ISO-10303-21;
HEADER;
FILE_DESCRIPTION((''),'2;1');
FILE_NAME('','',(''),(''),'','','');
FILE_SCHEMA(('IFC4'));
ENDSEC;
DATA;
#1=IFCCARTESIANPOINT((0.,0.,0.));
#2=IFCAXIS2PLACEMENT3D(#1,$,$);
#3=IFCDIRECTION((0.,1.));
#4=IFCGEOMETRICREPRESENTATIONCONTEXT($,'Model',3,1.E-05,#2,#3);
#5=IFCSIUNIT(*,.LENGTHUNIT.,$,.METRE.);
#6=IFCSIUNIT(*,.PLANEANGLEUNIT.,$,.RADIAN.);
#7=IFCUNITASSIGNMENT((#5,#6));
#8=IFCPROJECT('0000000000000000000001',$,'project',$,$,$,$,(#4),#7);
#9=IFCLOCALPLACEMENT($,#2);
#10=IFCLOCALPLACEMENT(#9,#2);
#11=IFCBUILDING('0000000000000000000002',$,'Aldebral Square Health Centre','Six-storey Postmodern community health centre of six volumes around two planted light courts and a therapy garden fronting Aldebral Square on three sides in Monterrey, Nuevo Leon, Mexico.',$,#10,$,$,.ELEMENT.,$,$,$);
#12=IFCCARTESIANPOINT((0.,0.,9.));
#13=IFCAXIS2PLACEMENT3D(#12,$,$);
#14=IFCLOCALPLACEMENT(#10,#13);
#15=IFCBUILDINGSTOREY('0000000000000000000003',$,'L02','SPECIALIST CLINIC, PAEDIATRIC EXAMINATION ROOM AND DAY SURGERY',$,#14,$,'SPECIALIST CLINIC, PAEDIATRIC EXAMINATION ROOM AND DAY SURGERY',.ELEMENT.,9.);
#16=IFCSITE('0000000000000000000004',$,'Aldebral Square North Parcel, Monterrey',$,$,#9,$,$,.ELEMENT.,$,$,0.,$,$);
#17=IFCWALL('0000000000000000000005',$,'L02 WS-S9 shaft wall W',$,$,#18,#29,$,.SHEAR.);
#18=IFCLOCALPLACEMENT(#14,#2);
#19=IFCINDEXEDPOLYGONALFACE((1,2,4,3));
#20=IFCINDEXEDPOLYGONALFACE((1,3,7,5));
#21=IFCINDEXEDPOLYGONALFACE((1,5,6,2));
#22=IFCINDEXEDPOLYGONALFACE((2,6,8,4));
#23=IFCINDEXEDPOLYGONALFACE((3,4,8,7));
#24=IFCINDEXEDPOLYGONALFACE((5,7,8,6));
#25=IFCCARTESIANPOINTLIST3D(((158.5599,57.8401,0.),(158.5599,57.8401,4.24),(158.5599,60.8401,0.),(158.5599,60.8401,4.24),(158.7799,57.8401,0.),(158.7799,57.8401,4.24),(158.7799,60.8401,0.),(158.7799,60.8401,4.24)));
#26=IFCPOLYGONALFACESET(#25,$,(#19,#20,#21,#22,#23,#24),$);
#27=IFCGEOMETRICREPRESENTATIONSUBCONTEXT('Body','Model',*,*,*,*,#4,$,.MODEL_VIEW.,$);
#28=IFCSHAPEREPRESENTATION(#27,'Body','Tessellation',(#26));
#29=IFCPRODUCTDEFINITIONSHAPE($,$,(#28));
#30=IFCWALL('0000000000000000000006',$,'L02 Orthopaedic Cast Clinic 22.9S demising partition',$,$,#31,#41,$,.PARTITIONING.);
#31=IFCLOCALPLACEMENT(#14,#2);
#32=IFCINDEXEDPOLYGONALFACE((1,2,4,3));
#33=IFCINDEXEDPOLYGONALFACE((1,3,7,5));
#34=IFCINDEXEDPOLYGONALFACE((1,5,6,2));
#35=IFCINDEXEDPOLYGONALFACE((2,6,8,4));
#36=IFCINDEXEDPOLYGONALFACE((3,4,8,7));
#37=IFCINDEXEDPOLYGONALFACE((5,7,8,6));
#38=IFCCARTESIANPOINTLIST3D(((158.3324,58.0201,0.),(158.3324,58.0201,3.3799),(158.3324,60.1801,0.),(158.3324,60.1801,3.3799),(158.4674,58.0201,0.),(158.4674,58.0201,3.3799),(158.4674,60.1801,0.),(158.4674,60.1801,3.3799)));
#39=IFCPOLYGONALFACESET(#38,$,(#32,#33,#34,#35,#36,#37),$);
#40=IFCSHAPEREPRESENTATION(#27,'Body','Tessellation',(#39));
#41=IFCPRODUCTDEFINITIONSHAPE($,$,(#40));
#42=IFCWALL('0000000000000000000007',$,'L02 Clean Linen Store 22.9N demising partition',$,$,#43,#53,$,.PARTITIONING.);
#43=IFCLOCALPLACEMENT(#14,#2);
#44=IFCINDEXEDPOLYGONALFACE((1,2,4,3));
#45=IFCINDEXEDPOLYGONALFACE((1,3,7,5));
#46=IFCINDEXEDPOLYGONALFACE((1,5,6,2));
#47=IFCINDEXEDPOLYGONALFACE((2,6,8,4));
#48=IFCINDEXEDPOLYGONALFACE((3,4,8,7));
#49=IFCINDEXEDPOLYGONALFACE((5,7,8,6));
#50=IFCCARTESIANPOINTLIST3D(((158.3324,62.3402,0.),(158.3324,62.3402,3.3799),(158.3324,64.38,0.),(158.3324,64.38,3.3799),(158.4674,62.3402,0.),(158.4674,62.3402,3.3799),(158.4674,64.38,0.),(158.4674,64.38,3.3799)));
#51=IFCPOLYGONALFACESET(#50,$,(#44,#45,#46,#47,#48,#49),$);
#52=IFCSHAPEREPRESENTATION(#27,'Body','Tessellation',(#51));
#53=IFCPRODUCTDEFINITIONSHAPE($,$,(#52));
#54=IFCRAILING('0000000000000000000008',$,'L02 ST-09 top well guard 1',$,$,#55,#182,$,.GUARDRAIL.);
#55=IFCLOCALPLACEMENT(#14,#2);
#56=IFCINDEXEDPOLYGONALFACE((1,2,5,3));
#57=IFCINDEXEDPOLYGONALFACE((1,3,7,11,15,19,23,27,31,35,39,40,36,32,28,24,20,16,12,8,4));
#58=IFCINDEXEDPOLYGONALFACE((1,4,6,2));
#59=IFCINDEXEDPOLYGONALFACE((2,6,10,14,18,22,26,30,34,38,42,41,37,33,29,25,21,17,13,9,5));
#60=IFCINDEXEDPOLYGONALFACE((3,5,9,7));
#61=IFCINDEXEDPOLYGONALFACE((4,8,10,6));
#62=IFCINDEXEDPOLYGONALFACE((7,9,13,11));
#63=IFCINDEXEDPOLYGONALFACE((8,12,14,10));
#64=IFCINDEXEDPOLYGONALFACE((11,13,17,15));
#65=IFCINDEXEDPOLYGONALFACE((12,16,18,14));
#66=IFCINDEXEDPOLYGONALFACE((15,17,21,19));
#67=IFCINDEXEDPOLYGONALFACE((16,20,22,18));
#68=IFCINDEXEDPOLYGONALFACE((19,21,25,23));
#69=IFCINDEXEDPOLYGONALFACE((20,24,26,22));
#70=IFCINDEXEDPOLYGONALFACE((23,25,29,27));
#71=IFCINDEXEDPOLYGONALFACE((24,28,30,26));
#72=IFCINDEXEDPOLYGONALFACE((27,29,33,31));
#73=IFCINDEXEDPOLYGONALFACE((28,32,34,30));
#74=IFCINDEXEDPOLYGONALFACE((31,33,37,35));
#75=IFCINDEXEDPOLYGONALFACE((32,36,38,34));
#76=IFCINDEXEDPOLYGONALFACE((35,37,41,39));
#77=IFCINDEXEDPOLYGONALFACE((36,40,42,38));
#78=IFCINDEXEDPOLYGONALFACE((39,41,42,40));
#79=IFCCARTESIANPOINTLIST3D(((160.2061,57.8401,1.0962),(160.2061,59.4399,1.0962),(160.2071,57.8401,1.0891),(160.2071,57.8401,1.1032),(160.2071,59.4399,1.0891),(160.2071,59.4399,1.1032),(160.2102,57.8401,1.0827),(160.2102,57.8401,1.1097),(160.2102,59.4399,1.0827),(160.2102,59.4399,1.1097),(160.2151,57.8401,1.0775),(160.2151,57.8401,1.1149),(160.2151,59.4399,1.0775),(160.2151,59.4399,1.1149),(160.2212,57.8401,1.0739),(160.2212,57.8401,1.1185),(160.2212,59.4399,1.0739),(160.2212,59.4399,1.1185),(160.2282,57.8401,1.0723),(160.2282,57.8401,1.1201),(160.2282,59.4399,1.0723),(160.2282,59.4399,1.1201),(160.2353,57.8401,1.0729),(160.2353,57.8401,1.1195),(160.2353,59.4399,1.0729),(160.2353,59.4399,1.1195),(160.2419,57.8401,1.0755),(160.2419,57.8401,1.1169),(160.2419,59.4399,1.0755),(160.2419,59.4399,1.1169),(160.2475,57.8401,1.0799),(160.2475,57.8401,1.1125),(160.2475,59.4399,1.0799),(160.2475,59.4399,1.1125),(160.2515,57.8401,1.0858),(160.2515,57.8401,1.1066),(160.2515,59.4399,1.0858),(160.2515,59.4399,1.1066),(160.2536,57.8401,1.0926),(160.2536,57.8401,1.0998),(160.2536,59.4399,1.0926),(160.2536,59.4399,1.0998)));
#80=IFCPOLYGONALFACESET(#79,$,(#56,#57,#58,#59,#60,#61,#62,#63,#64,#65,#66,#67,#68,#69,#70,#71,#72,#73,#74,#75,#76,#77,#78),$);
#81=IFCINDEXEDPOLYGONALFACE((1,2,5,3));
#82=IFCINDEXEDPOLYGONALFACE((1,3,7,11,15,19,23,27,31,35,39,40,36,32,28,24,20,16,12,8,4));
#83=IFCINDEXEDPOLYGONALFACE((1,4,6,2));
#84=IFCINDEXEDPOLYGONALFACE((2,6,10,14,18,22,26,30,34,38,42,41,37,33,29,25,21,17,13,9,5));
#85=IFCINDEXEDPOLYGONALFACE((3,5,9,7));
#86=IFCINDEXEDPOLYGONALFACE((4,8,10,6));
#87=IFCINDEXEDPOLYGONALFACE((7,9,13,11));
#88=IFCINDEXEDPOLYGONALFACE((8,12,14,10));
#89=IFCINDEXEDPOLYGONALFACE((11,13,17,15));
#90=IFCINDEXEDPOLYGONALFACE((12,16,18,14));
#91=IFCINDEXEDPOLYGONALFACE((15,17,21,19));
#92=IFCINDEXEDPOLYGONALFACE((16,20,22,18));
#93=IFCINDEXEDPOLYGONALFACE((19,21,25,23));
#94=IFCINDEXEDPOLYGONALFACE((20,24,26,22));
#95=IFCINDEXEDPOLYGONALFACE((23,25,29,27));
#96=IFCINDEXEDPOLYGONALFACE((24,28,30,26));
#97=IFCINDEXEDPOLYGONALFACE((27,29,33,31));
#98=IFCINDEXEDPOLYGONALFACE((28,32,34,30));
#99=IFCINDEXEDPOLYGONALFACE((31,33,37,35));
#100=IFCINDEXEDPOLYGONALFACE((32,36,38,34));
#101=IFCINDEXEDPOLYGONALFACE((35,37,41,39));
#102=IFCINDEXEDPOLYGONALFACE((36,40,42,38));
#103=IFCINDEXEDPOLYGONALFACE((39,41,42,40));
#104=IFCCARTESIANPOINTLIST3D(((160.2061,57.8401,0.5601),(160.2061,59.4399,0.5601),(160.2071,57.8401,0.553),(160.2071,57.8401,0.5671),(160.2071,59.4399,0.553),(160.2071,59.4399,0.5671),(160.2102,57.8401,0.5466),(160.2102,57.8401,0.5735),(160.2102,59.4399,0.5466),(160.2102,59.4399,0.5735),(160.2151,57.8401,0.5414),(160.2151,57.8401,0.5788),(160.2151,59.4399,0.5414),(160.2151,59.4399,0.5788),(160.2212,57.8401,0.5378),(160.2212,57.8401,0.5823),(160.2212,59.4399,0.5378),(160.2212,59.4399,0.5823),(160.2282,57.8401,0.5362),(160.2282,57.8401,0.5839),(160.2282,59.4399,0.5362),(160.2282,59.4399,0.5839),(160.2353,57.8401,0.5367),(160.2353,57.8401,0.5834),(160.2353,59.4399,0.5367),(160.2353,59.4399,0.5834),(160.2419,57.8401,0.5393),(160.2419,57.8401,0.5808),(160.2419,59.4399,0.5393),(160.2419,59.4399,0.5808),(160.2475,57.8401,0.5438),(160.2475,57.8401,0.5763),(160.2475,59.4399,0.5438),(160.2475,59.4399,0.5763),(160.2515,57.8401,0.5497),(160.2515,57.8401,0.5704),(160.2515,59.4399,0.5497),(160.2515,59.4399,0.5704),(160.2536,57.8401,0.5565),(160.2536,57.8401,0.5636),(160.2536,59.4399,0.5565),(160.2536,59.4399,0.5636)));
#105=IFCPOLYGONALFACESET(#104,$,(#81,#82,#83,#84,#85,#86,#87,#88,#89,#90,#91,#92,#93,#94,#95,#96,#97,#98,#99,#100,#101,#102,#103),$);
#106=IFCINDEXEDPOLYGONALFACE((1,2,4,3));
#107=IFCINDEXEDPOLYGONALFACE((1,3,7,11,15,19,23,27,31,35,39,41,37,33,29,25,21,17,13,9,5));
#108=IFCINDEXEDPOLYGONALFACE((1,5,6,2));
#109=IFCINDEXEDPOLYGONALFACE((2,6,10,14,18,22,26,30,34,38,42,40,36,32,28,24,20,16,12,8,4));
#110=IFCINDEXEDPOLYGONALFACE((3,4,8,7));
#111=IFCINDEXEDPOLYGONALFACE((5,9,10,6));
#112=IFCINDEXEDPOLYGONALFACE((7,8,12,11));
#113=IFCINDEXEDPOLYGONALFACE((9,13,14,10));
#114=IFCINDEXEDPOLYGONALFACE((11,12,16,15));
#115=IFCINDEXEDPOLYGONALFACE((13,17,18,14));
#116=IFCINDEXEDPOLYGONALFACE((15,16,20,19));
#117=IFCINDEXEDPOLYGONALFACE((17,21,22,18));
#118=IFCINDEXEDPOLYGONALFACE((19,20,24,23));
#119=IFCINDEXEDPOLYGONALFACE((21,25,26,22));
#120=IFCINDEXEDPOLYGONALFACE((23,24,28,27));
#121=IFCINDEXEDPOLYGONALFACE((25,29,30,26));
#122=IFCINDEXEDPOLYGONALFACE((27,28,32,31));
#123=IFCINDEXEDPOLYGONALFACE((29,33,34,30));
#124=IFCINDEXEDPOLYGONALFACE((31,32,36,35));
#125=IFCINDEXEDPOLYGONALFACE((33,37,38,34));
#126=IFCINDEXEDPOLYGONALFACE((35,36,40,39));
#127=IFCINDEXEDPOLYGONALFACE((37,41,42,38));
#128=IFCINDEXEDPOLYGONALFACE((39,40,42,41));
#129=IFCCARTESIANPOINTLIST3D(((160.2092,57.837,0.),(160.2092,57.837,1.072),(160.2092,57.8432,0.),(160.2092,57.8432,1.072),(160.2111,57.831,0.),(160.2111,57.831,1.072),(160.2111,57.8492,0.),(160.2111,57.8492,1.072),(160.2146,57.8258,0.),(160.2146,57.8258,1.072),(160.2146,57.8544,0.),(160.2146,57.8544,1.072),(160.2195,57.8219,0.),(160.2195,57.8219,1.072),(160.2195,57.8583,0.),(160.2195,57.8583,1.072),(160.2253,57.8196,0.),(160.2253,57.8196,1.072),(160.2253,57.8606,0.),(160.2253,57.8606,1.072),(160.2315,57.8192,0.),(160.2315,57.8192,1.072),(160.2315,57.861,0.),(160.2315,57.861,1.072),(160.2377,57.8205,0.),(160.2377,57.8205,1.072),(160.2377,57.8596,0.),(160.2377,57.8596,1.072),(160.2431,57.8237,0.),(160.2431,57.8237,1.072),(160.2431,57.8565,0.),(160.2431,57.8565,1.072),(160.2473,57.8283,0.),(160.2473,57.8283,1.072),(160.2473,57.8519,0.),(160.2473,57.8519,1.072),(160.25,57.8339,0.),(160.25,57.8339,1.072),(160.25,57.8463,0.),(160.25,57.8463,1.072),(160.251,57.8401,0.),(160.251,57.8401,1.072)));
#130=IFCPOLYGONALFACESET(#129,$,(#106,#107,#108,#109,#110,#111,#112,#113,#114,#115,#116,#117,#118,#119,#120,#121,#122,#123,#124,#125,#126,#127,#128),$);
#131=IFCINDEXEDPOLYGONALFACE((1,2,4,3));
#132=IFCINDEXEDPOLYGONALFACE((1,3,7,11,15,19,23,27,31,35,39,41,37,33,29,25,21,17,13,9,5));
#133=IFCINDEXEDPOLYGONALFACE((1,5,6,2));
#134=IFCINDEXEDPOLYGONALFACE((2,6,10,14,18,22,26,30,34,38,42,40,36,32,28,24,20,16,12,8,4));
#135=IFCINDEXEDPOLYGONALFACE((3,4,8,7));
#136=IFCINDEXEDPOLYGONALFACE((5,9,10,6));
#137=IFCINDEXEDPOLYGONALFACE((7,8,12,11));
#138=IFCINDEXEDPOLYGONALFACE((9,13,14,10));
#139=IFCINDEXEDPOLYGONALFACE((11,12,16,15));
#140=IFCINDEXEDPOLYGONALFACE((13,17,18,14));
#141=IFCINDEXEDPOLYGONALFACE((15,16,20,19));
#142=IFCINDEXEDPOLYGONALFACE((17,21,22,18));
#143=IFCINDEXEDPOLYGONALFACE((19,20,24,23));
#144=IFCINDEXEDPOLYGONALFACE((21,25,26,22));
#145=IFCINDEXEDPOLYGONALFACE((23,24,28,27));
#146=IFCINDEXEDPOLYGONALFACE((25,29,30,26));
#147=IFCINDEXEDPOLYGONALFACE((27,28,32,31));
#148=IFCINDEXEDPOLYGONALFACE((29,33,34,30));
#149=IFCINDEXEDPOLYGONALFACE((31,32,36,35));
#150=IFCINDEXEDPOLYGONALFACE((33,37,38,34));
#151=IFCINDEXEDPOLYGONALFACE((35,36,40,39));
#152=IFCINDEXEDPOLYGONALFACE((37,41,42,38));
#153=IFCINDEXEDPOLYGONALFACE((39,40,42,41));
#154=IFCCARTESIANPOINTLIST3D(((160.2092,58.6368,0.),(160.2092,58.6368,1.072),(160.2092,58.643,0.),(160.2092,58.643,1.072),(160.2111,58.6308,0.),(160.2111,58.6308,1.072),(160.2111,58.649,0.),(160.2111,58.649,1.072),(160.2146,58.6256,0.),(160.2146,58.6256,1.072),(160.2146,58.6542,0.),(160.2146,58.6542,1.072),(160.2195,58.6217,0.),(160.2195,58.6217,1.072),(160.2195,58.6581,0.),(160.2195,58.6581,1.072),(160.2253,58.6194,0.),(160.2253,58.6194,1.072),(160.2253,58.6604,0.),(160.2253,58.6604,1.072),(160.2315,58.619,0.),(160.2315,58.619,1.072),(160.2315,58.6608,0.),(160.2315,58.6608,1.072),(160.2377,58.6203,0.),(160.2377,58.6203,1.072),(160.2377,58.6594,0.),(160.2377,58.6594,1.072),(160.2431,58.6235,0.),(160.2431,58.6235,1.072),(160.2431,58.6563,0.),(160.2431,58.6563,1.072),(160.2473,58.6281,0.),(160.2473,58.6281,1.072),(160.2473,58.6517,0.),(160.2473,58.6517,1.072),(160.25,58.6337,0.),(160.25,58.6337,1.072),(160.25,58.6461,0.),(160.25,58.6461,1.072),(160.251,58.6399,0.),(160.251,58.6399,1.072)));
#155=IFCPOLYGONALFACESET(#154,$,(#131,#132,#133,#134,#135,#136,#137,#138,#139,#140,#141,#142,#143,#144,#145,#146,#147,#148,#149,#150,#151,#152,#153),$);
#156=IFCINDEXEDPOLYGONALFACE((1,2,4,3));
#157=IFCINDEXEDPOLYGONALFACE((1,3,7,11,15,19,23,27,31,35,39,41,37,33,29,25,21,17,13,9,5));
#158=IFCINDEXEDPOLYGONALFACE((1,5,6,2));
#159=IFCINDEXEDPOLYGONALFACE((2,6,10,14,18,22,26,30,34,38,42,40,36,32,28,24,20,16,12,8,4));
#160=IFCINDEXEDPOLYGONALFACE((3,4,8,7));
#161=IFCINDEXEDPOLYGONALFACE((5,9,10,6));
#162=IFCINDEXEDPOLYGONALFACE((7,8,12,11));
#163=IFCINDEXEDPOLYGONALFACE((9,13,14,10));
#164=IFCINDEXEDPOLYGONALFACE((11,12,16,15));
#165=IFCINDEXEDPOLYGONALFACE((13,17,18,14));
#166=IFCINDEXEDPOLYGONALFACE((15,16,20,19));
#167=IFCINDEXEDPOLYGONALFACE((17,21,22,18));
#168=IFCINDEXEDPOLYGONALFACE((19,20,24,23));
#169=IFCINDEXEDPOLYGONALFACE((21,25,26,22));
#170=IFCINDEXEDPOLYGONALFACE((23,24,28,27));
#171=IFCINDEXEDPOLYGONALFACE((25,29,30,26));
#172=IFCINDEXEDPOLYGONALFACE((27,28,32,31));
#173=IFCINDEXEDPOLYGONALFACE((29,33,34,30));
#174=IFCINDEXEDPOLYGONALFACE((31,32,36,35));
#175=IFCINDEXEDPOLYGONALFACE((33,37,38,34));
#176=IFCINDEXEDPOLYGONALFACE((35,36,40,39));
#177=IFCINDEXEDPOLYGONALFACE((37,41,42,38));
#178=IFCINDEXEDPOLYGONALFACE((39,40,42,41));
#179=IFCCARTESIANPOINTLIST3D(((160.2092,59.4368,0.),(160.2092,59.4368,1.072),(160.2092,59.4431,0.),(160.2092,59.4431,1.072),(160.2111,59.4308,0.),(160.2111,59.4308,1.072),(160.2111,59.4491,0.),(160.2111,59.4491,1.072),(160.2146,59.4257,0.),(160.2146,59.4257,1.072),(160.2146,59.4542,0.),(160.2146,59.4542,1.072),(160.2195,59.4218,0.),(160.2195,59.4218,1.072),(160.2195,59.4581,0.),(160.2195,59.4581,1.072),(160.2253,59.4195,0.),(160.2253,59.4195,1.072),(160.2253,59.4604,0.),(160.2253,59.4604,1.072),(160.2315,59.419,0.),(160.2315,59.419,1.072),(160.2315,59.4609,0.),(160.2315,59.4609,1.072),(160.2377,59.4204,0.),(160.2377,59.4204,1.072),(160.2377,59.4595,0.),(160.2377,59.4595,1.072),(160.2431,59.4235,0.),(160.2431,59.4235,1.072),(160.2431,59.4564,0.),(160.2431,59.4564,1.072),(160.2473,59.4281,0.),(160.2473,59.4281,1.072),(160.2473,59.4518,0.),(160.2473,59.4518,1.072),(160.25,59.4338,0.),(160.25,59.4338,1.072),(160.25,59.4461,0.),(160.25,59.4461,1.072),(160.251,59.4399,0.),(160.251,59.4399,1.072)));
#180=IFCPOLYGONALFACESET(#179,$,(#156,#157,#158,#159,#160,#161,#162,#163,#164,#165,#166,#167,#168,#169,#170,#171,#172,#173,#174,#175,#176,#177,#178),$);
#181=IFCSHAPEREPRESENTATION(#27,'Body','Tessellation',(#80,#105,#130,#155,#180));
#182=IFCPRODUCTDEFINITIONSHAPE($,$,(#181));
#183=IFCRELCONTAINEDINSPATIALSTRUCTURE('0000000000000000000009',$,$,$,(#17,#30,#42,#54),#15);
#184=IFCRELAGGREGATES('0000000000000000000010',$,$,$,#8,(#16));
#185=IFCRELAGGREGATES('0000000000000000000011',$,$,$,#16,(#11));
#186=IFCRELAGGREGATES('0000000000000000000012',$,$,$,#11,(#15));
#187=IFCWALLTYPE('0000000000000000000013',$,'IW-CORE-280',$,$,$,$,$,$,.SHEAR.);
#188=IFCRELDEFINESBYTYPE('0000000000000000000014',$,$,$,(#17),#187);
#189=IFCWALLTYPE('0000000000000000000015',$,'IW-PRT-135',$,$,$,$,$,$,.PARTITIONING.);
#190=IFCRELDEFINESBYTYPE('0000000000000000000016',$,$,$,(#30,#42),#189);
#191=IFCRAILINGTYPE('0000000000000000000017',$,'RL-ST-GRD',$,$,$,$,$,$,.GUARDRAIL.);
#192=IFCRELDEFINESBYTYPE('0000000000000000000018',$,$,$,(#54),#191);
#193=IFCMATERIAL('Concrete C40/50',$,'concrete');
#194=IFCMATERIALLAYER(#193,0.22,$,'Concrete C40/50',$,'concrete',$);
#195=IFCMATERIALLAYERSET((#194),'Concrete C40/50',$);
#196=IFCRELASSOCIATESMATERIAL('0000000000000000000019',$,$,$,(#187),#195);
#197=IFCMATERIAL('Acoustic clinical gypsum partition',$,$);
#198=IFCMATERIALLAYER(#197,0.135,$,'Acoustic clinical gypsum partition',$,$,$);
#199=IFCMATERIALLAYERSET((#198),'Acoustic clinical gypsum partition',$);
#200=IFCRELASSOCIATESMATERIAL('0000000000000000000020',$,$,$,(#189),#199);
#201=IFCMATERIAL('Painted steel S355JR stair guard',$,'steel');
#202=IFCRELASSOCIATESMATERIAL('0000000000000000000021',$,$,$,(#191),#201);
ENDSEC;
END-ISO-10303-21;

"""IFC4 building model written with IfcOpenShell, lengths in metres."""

from ifc_helpers import new_model, si_unit, direction, frame, frame_2d, origin, origin_2d, place, context, subcontext, project, spatial, rectangle, circle, extrude, material, layer, layer_set, type_object, element, save


model = new_model("IFC4")

# Units and contexts
model_context = context("Model", 3, precision=1e-05, world=origin(), true_north=direction((0.0, 1.0)))
body_context = subcontext(model_context, "Body", "Model", "MODEL_VIEW")
ifc_project = project(units=[si_unit("LENGTHUNIT", "METRE"), si_unit("PLANEANGLEUNIT", "RADIAN")], contexts=[model_context])

# Site, building, storey
site_placement = place(None, origin())
site = spatial("IfcSite", under=ifc_project, at=site_placement, Name="Aldebral Square North Parcel, Monterrey", CompositionType="ELEMENT", RefElevation=0.0)
building_placement = place(site_placement, origin())
building = spatial("IfcBuilding", under=site, at=building_placement, Name="Aldebral Square Health Centre", Description="Six-storey Postmodern community health centre of six volumes around two planted light courts and a therapy garden fronting Aldebral Square on three sides in Monterrey, Nuevo Leon, Mexico.", CompositionType="ELEMENT")
storey_placement = place(building_placement, frame((0.0, 0.0, 9.0)))
storey = spatial("IfcBuildingStorey", under=building, at=storey_placement, Name="L02", Description="SPECIALIST CLINIC, PAEDIATRIC EXAMINATION ROOM AND DAY SURGERY", LongName="SPECIALIST CLINIC, PAEDIATRIC EXAMINATION ROOM AND DAY SURGERY", CompositionType="ELEMENT", Elevation=9.0)

# Shared definitions
ifc_material_1 = material(Name="Concrete C40/50", Category="concrete")

# Shared definitions
ifc_layer_1 = layer(ifc_material_1, 0.22, Name="Concrete C40/50", Category="concrete")
ifc_layer_set_1 = layer_set([ifc_layer_1], Name="Concrete C40/50")
wall_type_1 = type_object("IfcWallType", Name="IW-CORE-280", PredefinedType="SHEAR", material=ifc_layer_set_1)

# Walls
wall_1_placement = place(storey_placement, frame((158.6699, 57.8401, 0.0), z_axis=(0.0, 0.0, 1.0), x_axis=(0.0, 1.0, 0.0)))
element("IfcWall", 1, at=wall_1_placement, inside=storey, type_object=wall_type_1, Name="L02 WS-S9 shaft wall W", PredefinedType="SHEAR", context=body_context, shape_type="SweptSolid", body=[
    extrude(rectangle(XDim=3.0, YDim=0.22, at=frame_2d((1.5, 0.0))), origin(), (0.0, 0.0, 1.0), 4.24),
])
ifc_material_2 = material(Name="Acoustic clinical gypsum partition")
ifc_layer_2 = layer(ifc_material_2, 0.135, Name="Acoustic clinical gypsum partition")
ifc_layer_set_2 = layer_set([ifc_layer_2], Name="Acoustic clinical gypsum partition")
wall_type_2 = type_object("IfcWallType", Name="IW-PRT-135", PredefinedType="PARTITIONING", material=ifc_layer_set_2)
wall_2_placement = place(storey_placement, frame((158.3999, 58.02, 0.0), z_axis=(0.0, 0.0, 1.0), x_axis=(0.0, 1.0, 0.0)))
element("IfcWall", 2, at=wall_2_placement, inside=storey, type_object=wall_type_2, Name="L02 Orthopaedic Cast Clinic 22.9S demising partition", PredefinedType="PARTITIONING", context=body_context, shape_type="SweptSolid", body=[
    extrude(rectangle(XDim=2.1599, YDim=0.135, at=frame_2d((1.0801, 0.0))), origin(), (0.0, 0.0, 1.0), 3.3799),
])
wall_3_placement = place(storey_placement, frame((158.3999, 62.3401, 0.0), z_axis=(0.0, 0.0, 1.0), x_axis=(0.0, 1.0, 0.0)))
element("IfcWall", 3, at=wall_3_placement, inside=storey, type_object=wall_type_2, Name="L02 Clean Linen Store 22.9N demising partition", PredefinedType="PARTITIONING", context=body_context, shape_type="SweptSolid", body=[
    extrude(rectangle(XDim=2.0398, YDim=0.135, at=frame_2d((1.02, 0.0))), origin(), (0.0, 0.0, 1.0), 3.3799),
])

# Railing
ifc_material_3 = material(Name="Painted steel S355JR stair guard", Category="steel")
railing_type = type_object("IfcRailingType", Name="RL-ST-GRD", PredefinedType="GUARDRAIL", material=ifc_material_3)
railing_1_placement = place(storey_placement, frame((160.23, 57.8401, 0.0)))
element("IfcRailing", 4, at=railing_1_placement, inside=storey, type_object=railing_type, Name="L02 ST-09 top well guard 1", PredefinedType="GUARDRAIL", context=body_context, shape_type="SweptSolid", body=[
    extrude(circle(Radius=0.0239, at=origin_2d()), frame((0.0, 0.0, 1.0962), z_axis=(0.0, 1.0, 0.0), x_axis=(-1.0, 0.0, 0.0)), (0.0, 0.0, 1.0), 1.5999),
    extrude(circle(Radius=0.0239, at=origin_2d()), frame((0.0, 0.0, 0.5601), z_axis=(0.0, 1.0, 0.0), x_axis=(-1.0, 0.0, 0.0)), (0.0, 0.0, 1.0), 1.5999),
    extrude(circle(Radius=0.021, at=origin_2d()), origin(), (0.0, 0.0, 1.0), 1.072),
    extrude(circle(Radius=0.021, at=origin_2d()), frame((0.0, 0.7998, 0.0)), (0.0, 0.0, 1.0), 1.072),
    extrude(circle(Radius=0.021, at=origin_2d()), frame((0.0, 1.5999, 0.0)), (0.0, 0.0, 1.0), 1.072),
])

save(model, "model.ifc")
